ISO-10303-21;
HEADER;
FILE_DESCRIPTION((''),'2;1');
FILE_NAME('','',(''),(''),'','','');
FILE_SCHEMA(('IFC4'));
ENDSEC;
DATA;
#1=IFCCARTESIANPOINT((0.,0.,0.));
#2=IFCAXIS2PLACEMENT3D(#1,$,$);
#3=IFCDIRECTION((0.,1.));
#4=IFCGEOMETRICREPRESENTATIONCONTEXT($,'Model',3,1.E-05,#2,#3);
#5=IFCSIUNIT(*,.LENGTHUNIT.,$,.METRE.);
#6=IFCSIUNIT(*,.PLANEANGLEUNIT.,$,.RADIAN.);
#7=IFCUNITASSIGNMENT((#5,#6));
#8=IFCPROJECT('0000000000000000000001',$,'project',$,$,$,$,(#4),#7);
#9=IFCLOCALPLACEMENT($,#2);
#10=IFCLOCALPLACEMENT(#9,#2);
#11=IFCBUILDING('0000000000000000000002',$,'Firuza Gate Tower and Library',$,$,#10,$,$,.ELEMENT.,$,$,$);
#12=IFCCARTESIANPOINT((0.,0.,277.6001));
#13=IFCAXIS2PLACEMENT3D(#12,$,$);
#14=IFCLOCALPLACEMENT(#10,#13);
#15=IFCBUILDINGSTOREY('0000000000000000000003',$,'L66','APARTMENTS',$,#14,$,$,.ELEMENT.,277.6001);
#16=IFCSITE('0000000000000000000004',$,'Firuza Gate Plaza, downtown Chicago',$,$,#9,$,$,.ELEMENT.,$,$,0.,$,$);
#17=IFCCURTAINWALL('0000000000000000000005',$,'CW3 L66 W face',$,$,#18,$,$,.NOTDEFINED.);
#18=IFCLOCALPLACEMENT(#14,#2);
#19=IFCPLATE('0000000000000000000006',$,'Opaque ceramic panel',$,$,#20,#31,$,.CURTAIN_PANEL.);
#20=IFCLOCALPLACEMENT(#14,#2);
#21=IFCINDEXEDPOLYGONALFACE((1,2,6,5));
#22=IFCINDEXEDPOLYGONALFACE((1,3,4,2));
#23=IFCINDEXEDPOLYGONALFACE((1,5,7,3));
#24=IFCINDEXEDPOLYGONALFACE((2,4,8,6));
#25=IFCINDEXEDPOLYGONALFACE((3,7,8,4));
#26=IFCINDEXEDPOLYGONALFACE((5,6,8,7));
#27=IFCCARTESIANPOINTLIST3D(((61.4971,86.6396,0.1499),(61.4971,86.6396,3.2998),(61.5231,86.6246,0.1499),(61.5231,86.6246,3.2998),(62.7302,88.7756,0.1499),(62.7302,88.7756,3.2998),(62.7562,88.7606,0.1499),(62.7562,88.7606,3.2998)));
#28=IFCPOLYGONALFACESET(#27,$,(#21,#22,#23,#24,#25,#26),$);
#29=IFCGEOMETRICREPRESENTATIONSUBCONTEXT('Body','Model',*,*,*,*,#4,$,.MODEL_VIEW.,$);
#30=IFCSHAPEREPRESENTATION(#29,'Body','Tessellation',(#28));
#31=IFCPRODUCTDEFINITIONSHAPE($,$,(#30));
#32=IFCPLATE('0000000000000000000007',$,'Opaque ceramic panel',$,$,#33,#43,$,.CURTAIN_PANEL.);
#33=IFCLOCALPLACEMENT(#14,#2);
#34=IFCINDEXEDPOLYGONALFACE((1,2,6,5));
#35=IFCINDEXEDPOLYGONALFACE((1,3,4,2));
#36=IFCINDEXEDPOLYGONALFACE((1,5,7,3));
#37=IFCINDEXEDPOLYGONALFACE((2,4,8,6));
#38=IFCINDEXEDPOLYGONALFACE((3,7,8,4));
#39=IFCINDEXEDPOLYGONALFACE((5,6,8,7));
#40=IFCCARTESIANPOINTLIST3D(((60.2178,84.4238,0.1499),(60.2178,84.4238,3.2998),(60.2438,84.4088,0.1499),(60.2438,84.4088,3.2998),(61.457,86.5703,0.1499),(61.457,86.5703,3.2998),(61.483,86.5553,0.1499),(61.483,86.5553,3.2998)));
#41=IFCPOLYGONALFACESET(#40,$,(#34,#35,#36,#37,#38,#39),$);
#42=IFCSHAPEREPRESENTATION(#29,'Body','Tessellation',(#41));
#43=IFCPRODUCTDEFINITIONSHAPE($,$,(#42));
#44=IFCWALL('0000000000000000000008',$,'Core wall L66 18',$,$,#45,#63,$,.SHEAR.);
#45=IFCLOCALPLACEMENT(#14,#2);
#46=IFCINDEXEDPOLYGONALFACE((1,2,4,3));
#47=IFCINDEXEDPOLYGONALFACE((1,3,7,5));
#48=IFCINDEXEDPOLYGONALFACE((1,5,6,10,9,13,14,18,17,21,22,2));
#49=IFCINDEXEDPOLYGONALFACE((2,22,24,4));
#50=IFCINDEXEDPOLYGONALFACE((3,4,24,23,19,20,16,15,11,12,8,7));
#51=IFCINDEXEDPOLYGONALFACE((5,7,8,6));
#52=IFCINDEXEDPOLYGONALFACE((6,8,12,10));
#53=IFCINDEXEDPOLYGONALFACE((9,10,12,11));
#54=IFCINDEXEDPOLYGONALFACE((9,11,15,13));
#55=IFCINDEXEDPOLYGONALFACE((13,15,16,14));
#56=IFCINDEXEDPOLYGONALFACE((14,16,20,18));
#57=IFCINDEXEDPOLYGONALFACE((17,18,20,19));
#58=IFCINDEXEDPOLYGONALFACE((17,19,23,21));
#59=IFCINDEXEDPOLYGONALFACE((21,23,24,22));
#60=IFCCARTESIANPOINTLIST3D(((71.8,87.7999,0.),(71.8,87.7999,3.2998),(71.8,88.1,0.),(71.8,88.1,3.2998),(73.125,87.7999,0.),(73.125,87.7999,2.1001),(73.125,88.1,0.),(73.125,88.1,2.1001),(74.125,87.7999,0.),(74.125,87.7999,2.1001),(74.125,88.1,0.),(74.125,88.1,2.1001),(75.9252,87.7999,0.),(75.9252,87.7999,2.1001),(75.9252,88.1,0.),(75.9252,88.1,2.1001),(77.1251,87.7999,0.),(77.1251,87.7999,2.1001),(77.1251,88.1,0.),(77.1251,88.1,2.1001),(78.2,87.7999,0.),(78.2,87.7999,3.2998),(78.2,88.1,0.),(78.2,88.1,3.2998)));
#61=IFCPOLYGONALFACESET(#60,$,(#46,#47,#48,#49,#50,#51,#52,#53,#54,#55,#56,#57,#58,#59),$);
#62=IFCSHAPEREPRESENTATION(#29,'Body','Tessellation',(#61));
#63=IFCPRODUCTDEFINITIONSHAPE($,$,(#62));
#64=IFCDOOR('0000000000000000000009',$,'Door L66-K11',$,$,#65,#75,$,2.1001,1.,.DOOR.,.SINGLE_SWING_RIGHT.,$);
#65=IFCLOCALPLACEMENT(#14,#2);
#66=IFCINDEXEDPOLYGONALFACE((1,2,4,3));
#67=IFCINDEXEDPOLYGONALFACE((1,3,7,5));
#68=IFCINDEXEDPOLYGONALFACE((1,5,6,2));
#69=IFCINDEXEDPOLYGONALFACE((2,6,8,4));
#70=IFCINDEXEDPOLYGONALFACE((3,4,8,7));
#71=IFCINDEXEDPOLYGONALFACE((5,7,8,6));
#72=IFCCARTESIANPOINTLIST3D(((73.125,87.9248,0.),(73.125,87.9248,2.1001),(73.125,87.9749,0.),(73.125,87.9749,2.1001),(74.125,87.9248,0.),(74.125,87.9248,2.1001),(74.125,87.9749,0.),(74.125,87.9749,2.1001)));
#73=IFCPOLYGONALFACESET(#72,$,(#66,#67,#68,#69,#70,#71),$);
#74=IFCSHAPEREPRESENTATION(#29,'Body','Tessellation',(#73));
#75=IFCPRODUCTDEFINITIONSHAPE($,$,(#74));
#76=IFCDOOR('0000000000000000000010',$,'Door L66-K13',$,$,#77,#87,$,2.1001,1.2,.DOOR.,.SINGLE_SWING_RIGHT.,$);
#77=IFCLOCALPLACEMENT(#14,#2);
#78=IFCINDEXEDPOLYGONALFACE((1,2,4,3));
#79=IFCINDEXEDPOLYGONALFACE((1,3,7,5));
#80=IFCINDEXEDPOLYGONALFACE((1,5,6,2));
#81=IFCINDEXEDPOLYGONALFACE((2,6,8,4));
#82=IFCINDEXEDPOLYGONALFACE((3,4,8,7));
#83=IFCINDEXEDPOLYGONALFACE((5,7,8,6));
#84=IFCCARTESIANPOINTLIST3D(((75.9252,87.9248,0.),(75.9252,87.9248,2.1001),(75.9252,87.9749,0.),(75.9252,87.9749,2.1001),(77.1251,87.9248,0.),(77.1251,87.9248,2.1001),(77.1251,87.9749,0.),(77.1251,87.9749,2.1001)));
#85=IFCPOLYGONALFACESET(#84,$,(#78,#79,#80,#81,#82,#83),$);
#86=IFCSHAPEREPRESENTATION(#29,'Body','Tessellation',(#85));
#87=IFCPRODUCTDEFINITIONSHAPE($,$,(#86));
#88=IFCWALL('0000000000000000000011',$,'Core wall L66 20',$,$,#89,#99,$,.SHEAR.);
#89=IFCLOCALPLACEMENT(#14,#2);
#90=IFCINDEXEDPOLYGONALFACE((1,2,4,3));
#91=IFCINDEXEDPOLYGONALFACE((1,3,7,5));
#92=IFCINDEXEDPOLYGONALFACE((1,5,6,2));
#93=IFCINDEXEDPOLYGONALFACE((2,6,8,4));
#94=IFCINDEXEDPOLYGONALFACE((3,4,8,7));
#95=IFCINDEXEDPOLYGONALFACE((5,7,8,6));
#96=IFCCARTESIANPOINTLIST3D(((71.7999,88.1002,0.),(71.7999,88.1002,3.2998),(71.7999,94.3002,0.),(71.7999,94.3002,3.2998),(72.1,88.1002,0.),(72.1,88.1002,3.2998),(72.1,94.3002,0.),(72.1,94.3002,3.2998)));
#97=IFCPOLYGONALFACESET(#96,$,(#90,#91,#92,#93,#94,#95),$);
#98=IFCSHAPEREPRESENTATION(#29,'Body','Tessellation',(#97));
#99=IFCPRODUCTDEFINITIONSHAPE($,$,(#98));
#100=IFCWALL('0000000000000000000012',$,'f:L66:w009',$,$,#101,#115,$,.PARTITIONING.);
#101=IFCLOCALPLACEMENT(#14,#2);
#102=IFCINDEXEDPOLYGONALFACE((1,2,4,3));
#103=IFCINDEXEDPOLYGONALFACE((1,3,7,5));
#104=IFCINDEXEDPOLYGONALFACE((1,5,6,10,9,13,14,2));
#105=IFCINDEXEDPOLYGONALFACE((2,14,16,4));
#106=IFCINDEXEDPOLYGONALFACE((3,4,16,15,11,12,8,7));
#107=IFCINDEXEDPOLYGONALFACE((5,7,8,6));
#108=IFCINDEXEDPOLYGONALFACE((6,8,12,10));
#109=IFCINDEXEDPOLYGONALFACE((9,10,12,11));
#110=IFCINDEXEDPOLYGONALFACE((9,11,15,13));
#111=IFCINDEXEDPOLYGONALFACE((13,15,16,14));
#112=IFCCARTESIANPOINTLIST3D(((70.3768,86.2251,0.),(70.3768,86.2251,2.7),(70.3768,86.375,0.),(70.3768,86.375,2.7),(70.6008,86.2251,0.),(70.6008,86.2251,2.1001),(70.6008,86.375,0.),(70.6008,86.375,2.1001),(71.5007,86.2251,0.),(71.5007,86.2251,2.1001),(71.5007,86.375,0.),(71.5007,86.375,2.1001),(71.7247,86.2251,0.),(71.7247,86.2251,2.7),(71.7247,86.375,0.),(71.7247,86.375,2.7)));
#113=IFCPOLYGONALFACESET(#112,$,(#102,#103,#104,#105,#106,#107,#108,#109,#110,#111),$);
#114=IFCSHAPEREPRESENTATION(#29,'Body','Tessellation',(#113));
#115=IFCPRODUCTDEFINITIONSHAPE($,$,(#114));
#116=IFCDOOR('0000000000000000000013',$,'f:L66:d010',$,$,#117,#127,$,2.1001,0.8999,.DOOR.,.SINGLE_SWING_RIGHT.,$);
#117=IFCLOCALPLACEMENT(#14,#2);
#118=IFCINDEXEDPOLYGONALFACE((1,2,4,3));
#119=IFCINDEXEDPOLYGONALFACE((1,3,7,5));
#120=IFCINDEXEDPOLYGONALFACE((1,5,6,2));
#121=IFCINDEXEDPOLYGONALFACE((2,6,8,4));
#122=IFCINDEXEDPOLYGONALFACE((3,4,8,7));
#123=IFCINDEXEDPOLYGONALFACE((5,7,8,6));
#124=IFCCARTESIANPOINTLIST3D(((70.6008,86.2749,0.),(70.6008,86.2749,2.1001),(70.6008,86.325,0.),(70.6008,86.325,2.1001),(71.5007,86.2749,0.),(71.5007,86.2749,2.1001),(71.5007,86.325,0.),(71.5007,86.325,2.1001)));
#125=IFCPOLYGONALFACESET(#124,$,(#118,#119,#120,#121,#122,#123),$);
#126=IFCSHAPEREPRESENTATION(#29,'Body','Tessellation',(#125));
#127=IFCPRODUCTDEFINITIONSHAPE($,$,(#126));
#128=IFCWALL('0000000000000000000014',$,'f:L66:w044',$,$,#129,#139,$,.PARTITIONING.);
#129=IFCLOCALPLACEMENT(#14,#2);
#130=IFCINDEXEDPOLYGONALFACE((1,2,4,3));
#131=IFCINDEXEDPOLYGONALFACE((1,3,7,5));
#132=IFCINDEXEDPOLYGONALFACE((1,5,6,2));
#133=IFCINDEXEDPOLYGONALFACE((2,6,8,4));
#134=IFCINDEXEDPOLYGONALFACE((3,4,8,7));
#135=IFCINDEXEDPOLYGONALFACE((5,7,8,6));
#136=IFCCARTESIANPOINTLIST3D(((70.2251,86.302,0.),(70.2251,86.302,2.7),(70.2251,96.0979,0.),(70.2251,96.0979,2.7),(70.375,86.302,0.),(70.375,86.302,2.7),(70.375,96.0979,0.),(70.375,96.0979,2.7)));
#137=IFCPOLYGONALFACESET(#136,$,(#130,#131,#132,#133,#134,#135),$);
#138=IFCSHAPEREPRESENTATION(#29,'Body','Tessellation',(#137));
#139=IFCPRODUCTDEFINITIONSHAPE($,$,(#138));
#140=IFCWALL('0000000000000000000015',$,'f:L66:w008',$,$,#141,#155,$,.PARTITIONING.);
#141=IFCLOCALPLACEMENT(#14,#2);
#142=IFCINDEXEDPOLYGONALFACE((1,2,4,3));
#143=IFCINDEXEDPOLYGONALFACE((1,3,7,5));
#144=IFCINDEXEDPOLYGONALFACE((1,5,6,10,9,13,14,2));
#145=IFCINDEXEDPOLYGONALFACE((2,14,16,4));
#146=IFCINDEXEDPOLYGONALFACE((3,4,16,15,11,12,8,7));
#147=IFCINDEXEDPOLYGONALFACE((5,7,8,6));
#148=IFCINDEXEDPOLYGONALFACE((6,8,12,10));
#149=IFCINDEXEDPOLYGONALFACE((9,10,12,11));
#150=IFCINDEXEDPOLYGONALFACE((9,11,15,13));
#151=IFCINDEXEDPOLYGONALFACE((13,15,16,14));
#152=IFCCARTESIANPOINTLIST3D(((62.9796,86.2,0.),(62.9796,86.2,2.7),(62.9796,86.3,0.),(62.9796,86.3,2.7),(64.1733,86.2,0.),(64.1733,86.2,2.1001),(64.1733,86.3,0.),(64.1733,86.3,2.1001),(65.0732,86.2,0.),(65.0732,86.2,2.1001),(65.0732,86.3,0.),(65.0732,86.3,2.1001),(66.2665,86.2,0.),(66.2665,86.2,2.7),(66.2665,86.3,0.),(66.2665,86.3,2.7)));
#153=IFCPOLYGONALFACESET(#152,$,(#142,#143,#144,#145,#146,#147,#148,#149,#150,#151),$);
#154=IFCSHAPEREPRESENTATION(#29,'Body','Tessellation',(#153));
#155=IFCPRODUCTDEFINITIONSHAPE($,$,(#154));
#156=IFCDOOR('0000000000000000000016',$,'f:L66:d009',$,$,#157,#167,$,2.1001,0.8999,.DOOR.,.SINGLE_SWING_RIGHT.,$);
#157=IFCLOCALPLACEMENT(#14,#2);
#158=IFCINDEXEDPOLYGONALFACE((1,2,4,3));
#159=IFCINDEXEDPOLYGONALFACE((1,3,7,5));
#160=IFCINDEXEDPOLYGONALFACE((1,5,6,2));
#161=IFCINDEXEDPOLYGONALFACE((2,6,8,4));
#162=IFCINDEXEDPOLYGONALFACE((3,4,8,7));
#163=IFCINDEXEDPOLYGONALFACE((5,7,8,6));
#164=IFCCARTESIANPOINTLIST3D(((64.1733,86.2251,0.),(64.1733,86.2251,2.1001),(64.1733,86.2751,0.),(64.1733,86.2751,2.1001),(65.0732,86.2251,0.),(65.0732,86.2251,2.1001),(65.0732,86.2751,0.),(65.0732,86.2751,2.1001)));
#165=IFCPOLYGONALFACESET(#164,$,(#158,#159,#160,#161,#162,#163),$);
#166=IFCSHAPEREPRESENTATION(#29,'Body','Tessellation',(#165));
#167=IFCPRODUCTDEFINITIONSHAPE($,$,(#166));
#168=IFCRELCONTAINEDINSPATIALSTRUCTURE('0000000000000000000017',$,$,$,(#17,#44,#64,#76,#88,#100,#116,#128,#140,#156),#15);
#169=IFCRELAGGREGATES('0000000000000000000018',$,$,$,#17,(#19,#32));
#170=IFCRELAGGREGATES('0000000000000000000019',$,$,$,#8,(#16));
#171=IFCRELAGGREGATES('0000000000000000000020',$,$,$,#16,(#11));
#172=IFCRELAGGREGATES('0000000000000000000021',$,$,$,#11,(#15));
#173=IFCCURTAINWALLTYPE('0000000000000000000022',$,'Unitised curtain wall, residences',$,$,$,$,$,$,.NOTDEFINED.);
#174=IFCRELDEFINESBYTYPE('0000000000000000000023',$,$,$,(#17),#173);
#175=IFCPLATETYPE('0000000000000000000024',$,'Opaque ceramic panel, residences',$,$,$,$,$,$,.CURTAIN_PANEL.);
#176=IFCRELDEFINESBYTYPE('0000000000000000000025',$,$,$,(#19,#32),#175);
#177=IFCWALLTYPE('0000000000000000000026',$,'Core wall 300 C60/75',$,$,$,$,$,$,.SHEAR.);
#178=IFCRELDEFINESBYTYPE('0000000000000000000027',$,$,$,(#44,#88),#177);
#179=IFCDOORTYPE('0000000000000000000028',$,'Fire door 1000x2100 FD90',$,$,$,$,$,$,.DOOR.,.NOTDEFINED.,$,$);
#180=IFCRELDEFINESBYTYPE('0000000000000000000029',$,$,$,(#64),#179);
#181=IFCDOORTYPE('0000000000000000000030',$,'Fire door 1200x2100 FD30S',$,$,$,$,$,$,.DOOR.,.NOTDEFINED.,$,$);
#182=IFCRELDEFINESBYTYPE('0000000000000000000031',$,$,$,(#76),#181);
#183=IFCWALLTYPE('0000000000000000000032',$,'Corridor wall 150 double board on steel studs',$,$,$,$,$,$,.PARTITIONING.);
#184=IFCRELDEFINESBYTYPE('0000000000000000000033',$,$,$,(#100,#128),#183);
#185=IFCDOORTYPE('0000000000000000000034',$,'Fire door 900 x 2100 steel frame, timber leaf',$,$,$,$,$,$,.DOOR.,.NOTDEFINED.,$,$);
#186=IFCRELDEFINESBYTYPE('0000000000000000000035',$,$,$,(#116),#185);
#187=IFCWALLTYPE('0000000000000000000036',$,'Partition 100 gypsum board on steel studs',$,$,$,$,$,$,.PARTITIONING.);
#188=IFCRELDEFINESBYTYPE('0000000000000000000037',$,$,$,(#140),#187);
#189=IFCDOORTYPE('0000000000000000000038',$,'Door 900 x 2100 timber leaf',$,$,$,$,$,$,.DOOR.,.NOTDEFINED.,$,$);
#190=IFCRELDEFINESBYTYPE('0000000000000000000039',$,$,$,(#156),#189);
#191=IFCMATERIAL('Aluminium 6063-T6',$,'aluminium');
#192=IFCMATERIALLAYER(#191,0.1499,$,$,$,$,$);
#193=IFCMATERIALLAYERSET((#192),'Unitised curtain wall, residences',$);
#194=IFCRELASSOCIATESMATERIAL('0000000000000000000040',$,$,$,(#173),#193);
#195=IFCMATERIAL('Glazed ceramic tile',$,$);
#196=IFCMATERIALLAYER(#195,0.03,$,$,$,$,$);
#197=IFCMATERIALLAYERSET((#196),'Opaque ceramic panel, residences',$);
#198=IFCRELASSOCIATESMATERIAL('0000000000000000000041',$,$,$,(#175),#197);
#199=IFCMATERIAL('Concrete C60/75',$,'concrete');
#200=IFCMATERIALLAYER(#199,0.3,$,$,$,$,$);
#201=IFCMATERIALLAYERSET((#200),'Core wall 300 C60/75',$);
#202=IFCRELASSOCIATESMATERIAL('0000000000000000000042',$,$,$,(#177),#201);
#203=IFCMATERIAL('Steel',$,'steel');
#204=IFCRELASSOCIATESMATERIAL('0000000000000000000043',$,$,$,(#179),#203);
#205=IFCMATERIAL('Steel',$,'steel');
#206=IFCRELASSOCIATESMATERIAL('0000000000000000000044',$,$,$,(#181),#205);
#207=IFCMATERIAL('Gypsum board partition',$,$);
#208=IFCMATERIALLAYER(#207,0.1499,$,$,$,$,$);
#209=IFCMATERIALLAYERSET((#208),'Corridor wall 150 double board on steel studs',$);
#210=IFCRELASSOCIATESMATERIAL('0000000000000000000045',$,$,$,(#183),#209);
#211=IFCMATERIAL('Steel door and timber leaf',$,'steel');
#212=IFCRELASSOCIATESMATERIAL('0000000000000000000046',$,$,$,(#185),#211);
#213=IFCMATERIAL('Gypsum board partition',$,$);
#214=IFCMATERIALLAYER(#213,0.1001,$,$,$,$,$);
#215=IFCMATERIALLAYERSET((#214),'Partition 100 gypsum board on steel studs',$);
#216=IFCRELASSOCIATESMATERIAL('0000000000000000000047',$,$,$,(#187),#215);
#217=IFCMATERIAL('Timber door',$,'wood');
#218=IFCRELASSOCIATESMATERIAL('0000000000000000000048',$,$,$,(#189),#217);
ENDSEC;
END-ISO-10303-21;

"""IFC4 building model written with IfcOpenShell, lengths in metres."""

from ifc_helpers import new_model, si_unit, direction, frame, frame_2d, origin, place, context, subcontext, project, spatial, polyline, rectangle, outline, extrude, material, layer, layer_set, type_object, element, fill, aggregate, save


model = new_model("IFC4")

# Units and contexts
model_context = context("Model", 3, precision=1e-05, world=origin(), true_north=direction((0.0, 1.0)))
body_context = subcontext(model_context, "Body", "Model", "MODEL_VIEW")
ifc_project = project(units=[si_unit("LENGTHUNIT", "METRE"), si_unit("PLANEANGLEUNIT", "RADIAN")], contexts=[model_context])

# Site, building, storey
site_placement = place(None, origin())
site = spatial("IfcSite", under=ifc_project, at=site_placement, Name="Firuza Gate Plaza, downtown Chicago", CompositionType="ELEMENT", RefElevation=0.0)
building_placement = place(site_placement, origin())
building = spatial("IfcBuilding", under=site, at=building_placement, Name="Firuza Gate Tower and Library", CompositionType="ELEMENT")
storey_placement = place(building_placement, frame((0.0, 0.0, 277.6001)))
storey = spatial("IfcBuildingStorey", under=building, at=storey_placement, Name="L66", Description="APARTMENTS", CompositionType="ELEMENT", Elevation=277.6001)

# Curtain wall
ifc_material_1 = material(Name="Aluminium 6063-T6", Category="aluminium")
ifc_layer_1 = layer(ifc_material_1, 0.1499)
ifc_layer_set_1 = layer_set([ifc_layer_1], Name="Unitised curtain wall, residences")
curtain_wall_type = type_object("IfcCurtainWallType", Name="Unitised curtain wall, residences", PredefinedType="NOTDEFINED", material=ifc_layer_set_1)
placement = place(storey_placement, origin())
curtain_wall = element("IfcCurtainWall", 1, at=placement, inside=storey, type_object=curtain_wall_type, Name="CW3 L66 W face", PredefinedType="NOTDEFINED")

# Plates
ifc_material_2 = material(Name="Glazed ceramic tile")
ifc_layer_2 = layer(ifc_material_2, 0.03)
ifc_layer_set_2 = layer_set([ifc_layer_2], Name="Opaque ceramic panel, residences")
plate_type_1 = type_object("IfcPlateType", Name="Opaque ceramic panel, residences", PredefinedType="CURTAIN_PANEL", material=ifc_layer_set_2)
plate_1_placement = place(storey_placement, frame((62.7302, 88.7756, 0.1499), z_axis=(-0.866036, 0.499982, 0.0), x_axis=(-0.499982, -0.866036, 0.0)))
plate_1 = element("IfcPlate", 2, at=plate_1_placement, type_object=plate_type_1, Name="Opaque ceramic panel", PredefinedType="CURTAIN_PANEL", context=body_context, shape_type="SweptSolid", body=[
    extrude(outline(polyline([(0.0, 0.0), (2.4664, 0.0), (2.4664, 3.1499), (0.0, 3.1499), (0.0, 0.0)])), origin(), (0.0, 0.0, -1.0), 0.03),
])
plate_2_placement = place(storey_placement, frame((61.457, 86.5703, 0.1499), z_axis=(-0.866028, 0.499995, 0.0), x_axis=(-0.499995, -0.866028, 0.0)))
plate_2 = element("IfcPlate", 3, at=plate_2_placement, type_object=plate_type_1, Name="Opaque ceramic panel", PredefinedType="CURTAIN_PANEL", context=body_context, shape_type="SweptSolid", body=[
    extrude(outline(polyline([(0.0, 0.0), (2.4785, 0.0), (2.4785, 3.1499), (0.0, 3.1499), (0.0, 0.0)])), origin(), (0.0, 0.0, -1.0), 0.03),
])
aggregate(curtain_wall, [plate_1, plate_2])

# Wall, openings, doors
ifc_material_3 = material(Name="Concrete C60/75", Category="concrete")
ifc_layer_3 = layer(ifc_material_3, 0.3)
ifc_layer_set_3 = layer_set([ifc_layer_3], Name="Core wall 300 C60/75")
wall_type_1 = type_object("IfcWallType", Name="Core wall 300 C60/75", PredefinedType="SHEAR", material=ifc_layer_set_3)
wall_1_placement = place(storey_placement, frame((71.8, 87.95, 0.0), z_axis=(0.0, 0.0, 1.0), x_axis=(1.0, 0.0, 0.0)))
wall_1 = element("IfcWall", 4, at=wall_1_placement, inside=storey, type_object=wall_type_1, Name="Core wall L66 18", PredefinedType="SHEAR", context=body_context, shape_type="SweptSolid", body=[
    extrude(rectangle(XDim=6.3999, YDim=0.3, at=frame_2d((3.2, 0.0))), origin(), (0.0, 0.0, 1.0), 3.2998),
])
opening_1_placement = place(wall_1_placement, frame((1.325, 0.0, 0.0)))
opening_1 = element("IfcOpeningElement", 5, at=opening_1_placement, cuts=wall_1, PredefinedType="OPENING", context=body_context, shape_type="SweptSolid", body=[
    extrude(rectangle(XDim=1.0, YDim=2.1001, at=frame_2d((0.5, 1.05))), frame((0.0, 0.1602, 0.0), z_axis=(0.0, -1.0, 0.0), x_axis=(1.0, 0.0, 0.0)), (0.0, 0.0, 1.0), 0.3201),
])
opening_2_placement = place(wall_1_placement, frame((4.125, 0.0, 0.0)))
opening_2 = element("IfcOpeningElement", 6, at=opening_2_placement, cuts=wall_1, PredefinedType="OPENING", context=body_context, shape_type="SweptSolid", body=[
    extrude(rectangle(XDim=1.2, YDim=2.1001, at=frame_2d((0.6001, 1.05))), frame((0.0, 0.1602, 0.0), z_axis=(0.0, -1.0, 0.0), x_axis=(1.0, 0.0, 0.0)), (0.0, 0.0, 1.0), 0.3201),
])
ifc_material_4 = material(Name="Steel", Category="steel")
door_type_1 = type_object("IfcDoorType", Name="Fire door 1000x2100 FD90", OperationType="NOTDEFINED", PredefinedType="DOOR", material=ifc_material_4)
door_1_placement = place(opening_1_placement, origin())
door_1 = element("IfcDoor", 7, at=door_1_placement, inside=storey, type_object=door_type_1, Name="Door L66-K11", OperationType="SINGLE_SWING_RIGHT", OverallHeight=2.1001, OverallWidth=1.0, PredefinedType="DOOR", context=body_context, shape_type="SweptSolid", body=[
    extrude(rectangle(XDim=1.0, YDim=2.1001, at=frame_2d((0.5, 1.05))), frame((0.0, 0.0249, 0.0), z_axis=(0.0, -1.0, 0.0), x_axis=(1.0, 0.0, 0.0)), (0.0, 0.0, 1.0), 0.05),
])
fill(opening_1, door_1)
ifc_material_5 = material(Name="Steel", Category="steel")
door_type_2 = type_object("IfcDoorType", Name="Fire door 1200x2100 FD30S", OperationType="NOTDEFINED", PredefinedType="DOOR", material=ifc_material_5)
door_2_placement = place(opening_2_placement, origin())
door_2 = element("IfcDoor", 8, at=door_2_placement, inside=storey, type_object=door_type_2, Name="Door L66-K13", OperationType="SINGLE_SWING_RIGHT", OverallHeight=2.1001, OverallWidth=1.2, PredefinedType="DOOR", context=body_context, shape_type="SweptSolid", body=[
    extrude(rectangle(XDim=1.2, YDim=2.1001, at=frame_2d((0.6001, 1.05))), frame((0.0, 0.0249, 0.0), z_axis=(0.0, -1.0, 0.0), x_axis=(1.0, 0.0, 0.0)), (0.0, 0.0, 1.0), 0.05),
])
fill(opening_2, door_2)

# Wall
wall_2_placement = place(storey_placement, frame((71.95, 88.1001, 0.0), z_axis=(0.0, 0.0, 1.0), x_axis=(0.0, 1.0, 0.0)))
element("IfcWall", 9, at=wall_2_placement, inside=storey, type_object=wall_type_1, Name="Core wall L66 20", PredefinedType="SHEAR", context=body_context, shape_type="SweptSolid", body=[
    extrude(rectangle(XDim=6.2, YDim=0.3, at=frame_2d((3.1001, 0.0))), origin(), (0.0, 0.0, 1.0), 3.2998),
])

# Wall, opening, door
ifc_material_6 = material(Name="Gypsum board partition")
ifc_layer_4 = layer(ifc_material_6, 0.1499)
ifc_layer_set_4 = layer_set([ifc_layer_4], Name="Corridor wall 150 double board on steel studs")
wall_type_2 = type_object("IfcWallType", Name="Corridor wall 150 double board on steel studs", PredefinedType="PARTITIONING", material=ifc_layer_set_4)
wall_3_placement = place(storey_placement, frame((70.377, 86.3, 0.0), z_axis=(0.0, 0.0, 1.0), x_axis=(1.0, 0.0, 0.0)))
wall_3 = element("IfcWall", 10, at=wall_3_placement, inside=storey, type_object=wall_type_2, Name="f:L66:w009", PredefinedType="PARTITIONING", context=body_context, shape_type="SweptSolid", body=[
    extrude(rectangle(XDim=1.3479, YDim=0.1499, at=frame_2d((0.6738, 0.0))), origin(), (0.0, 0.0, 1.0), 2.7),
])
opening_3_placement = place(wall_3_placement, frame((0.2239, 0.0, 0.0)))
opening_3 = element("IfcOpeningElement", 11, at=opening_3_placement, cuts=wall_3, PredefinedType="OPENING", context=body_context, shape_type="SweptSolid", body=[
    extrude(rectangle(XDim=0.8999, YDim=2.1001, at=frame_2d((0.45, 1.05))), frame((0.0, 0.085, 0.0), z_axis=(0.0, -1.0, 0.0), x_axis=(1.0, 0.0, 0.0)), (0.0, 0.0, 1.0), 0.1699),
])
ifc_material_7 = material(Name="Steel door and timber leaf", Category="steel")
door_type_3 = type_object("IfcDoorType", Name="Fire door 900 x 2100 steel frame, timber leaf", OperationType="NOTDEFINED", PredefinedType="DOOR", material=ifc_material_7)
door_3_placement = place(opening_3_placement, origin())
door_3 = element("IfcDoor", 12, at=door_3_placement, inside=storey, type_object=door_type_3, Name="f:L66:d010", OperationType="SINGLE_SWING_RIGHT", OverallHeight=2.1001, OverallWidth=0.8999, PredefinedType="DOOR", context=body_context, shape_type="SweptSolid", body=[
    extrude(rectangle(XDim=0.8999, YDim=2.1001, at=frame_2d((0.45, 1.05))), frame((0.0, 0.0249, 0.0), z_axis=(0.0, -1.0, 0.0), x_axis=(1.0, 0.0, 0.0)), (0.0, 0.0, 1.0), 0.05),
])
fill(opening_3, door_3)

# Wall
wall_4_placement = place(storey_placement, frame((70.3, 86.302, 0.0), z_axis=(0.0, 0.0, 1.0), x_axis=(0.0, 1.0, 0.0)))
element("IfcWall", 13, at=wall_4_placement, inside=storey, type_object=wall_type_2, Name="f:L66:w044", PredefinedType="PARTITIONING", context=body_context, shape_type="SweptSolid", body=[
    extrude(rectangle(XDim=9.7959, YDim=0.1499, at=frame_2d((4.8979, 0.0))), origin(), (0.0, 0.0, 1.0), 2.7),
])

# Wall, opening, door
ifc_material_8 = material(Name="Gypsum board partition")
ifc_layer_5 = layer(ifc_material_8, 0.1001)
ifc_layer_set_5 = layer_set([ifc_layer_5], Name="Partition 100 gypsum board on steel studs")
wall_type_3 = type_object("IfcWallType", Name="Partition 100 gypsum board on steel studs", PredefinedType="PARTITIONING", material=ifc_layer_set_5)
wall_5_placement = place(storey_placement, frame((66.2666, 86.25, 0.0), z_axis=(0.0, 0.0, 1.0), x_axis=(-1.0, 0.0, 0.0)))
wall_5 = element("IfcWall", 14, at=wall_5_placement, inside=storey, type_object=wall_type_3, Name="f:L66:w008", PredefinedType="PARTITIONING", context=body_context, shape_type="SweptSolid", body=[
    extrude(rectangle(XDim=3.2869, YDim=0.1001, at=frame_2d((1.6436, 0.0))), origin(), (0.0, 0.0, 1.0), 2.7),
])
opening_4_placement = place(wall_5_placement, frame((1.1934, 0.0, 0.0)))
opening_4 = element("IfcOpeningElement", 15, at=opening_4_placement, cuts=wall_5, PredefinedType="OPENING", context=body_context, shape_type="SweptSolid", body=[
    extrude(rectangle(XDim=0.8999, YDim=2.1001, at=frame_2d((0.45, 1.05))), frame((0.0, 0.0601, 0.0), z_axis=(0.0, -1.0, 0.0), x_axis=(1.0, 0.0, 0.0)), (0.0, 0.0, 1.0), 0.1201),
])
ifc_material_9 = material(Name="Timber door", Category="wood")
door_type_4 = type_object("IfcDoorType", Name="Door 900 x 2100 timber leaf", OperationType="NOTDEFINED", PredefinedType="DOOR", material=ifc_material_9)
door_4_placement = place(opening_4_placement, origin())
door_4 = element("IfcDoor", 16, at=door_4_placement, inside=storey, type_object=door_type_4, Name="f:L66:d009", OperationType="SINGLE_SWING_RIGHT", OverallHeight=2.1001, OverallWidth=0.8999, PredefinedType="DOOR", context=body_context, shape_type="SweptSolid", body=[
    extrude(rectangle(XDim=0.8999, YDim=2.1001, at=frame_2d((0.45, 1.05))), frame((0.0, 0.0249, 0.0), z_axis=(0.0, -1.0, 0.0), x_axis=(1.0, 0.0, 0.0)), (0.0, 0.0, 1.0), 0.05),
])
fill(opening_4, door_4)

save(model, "model.ifc")
